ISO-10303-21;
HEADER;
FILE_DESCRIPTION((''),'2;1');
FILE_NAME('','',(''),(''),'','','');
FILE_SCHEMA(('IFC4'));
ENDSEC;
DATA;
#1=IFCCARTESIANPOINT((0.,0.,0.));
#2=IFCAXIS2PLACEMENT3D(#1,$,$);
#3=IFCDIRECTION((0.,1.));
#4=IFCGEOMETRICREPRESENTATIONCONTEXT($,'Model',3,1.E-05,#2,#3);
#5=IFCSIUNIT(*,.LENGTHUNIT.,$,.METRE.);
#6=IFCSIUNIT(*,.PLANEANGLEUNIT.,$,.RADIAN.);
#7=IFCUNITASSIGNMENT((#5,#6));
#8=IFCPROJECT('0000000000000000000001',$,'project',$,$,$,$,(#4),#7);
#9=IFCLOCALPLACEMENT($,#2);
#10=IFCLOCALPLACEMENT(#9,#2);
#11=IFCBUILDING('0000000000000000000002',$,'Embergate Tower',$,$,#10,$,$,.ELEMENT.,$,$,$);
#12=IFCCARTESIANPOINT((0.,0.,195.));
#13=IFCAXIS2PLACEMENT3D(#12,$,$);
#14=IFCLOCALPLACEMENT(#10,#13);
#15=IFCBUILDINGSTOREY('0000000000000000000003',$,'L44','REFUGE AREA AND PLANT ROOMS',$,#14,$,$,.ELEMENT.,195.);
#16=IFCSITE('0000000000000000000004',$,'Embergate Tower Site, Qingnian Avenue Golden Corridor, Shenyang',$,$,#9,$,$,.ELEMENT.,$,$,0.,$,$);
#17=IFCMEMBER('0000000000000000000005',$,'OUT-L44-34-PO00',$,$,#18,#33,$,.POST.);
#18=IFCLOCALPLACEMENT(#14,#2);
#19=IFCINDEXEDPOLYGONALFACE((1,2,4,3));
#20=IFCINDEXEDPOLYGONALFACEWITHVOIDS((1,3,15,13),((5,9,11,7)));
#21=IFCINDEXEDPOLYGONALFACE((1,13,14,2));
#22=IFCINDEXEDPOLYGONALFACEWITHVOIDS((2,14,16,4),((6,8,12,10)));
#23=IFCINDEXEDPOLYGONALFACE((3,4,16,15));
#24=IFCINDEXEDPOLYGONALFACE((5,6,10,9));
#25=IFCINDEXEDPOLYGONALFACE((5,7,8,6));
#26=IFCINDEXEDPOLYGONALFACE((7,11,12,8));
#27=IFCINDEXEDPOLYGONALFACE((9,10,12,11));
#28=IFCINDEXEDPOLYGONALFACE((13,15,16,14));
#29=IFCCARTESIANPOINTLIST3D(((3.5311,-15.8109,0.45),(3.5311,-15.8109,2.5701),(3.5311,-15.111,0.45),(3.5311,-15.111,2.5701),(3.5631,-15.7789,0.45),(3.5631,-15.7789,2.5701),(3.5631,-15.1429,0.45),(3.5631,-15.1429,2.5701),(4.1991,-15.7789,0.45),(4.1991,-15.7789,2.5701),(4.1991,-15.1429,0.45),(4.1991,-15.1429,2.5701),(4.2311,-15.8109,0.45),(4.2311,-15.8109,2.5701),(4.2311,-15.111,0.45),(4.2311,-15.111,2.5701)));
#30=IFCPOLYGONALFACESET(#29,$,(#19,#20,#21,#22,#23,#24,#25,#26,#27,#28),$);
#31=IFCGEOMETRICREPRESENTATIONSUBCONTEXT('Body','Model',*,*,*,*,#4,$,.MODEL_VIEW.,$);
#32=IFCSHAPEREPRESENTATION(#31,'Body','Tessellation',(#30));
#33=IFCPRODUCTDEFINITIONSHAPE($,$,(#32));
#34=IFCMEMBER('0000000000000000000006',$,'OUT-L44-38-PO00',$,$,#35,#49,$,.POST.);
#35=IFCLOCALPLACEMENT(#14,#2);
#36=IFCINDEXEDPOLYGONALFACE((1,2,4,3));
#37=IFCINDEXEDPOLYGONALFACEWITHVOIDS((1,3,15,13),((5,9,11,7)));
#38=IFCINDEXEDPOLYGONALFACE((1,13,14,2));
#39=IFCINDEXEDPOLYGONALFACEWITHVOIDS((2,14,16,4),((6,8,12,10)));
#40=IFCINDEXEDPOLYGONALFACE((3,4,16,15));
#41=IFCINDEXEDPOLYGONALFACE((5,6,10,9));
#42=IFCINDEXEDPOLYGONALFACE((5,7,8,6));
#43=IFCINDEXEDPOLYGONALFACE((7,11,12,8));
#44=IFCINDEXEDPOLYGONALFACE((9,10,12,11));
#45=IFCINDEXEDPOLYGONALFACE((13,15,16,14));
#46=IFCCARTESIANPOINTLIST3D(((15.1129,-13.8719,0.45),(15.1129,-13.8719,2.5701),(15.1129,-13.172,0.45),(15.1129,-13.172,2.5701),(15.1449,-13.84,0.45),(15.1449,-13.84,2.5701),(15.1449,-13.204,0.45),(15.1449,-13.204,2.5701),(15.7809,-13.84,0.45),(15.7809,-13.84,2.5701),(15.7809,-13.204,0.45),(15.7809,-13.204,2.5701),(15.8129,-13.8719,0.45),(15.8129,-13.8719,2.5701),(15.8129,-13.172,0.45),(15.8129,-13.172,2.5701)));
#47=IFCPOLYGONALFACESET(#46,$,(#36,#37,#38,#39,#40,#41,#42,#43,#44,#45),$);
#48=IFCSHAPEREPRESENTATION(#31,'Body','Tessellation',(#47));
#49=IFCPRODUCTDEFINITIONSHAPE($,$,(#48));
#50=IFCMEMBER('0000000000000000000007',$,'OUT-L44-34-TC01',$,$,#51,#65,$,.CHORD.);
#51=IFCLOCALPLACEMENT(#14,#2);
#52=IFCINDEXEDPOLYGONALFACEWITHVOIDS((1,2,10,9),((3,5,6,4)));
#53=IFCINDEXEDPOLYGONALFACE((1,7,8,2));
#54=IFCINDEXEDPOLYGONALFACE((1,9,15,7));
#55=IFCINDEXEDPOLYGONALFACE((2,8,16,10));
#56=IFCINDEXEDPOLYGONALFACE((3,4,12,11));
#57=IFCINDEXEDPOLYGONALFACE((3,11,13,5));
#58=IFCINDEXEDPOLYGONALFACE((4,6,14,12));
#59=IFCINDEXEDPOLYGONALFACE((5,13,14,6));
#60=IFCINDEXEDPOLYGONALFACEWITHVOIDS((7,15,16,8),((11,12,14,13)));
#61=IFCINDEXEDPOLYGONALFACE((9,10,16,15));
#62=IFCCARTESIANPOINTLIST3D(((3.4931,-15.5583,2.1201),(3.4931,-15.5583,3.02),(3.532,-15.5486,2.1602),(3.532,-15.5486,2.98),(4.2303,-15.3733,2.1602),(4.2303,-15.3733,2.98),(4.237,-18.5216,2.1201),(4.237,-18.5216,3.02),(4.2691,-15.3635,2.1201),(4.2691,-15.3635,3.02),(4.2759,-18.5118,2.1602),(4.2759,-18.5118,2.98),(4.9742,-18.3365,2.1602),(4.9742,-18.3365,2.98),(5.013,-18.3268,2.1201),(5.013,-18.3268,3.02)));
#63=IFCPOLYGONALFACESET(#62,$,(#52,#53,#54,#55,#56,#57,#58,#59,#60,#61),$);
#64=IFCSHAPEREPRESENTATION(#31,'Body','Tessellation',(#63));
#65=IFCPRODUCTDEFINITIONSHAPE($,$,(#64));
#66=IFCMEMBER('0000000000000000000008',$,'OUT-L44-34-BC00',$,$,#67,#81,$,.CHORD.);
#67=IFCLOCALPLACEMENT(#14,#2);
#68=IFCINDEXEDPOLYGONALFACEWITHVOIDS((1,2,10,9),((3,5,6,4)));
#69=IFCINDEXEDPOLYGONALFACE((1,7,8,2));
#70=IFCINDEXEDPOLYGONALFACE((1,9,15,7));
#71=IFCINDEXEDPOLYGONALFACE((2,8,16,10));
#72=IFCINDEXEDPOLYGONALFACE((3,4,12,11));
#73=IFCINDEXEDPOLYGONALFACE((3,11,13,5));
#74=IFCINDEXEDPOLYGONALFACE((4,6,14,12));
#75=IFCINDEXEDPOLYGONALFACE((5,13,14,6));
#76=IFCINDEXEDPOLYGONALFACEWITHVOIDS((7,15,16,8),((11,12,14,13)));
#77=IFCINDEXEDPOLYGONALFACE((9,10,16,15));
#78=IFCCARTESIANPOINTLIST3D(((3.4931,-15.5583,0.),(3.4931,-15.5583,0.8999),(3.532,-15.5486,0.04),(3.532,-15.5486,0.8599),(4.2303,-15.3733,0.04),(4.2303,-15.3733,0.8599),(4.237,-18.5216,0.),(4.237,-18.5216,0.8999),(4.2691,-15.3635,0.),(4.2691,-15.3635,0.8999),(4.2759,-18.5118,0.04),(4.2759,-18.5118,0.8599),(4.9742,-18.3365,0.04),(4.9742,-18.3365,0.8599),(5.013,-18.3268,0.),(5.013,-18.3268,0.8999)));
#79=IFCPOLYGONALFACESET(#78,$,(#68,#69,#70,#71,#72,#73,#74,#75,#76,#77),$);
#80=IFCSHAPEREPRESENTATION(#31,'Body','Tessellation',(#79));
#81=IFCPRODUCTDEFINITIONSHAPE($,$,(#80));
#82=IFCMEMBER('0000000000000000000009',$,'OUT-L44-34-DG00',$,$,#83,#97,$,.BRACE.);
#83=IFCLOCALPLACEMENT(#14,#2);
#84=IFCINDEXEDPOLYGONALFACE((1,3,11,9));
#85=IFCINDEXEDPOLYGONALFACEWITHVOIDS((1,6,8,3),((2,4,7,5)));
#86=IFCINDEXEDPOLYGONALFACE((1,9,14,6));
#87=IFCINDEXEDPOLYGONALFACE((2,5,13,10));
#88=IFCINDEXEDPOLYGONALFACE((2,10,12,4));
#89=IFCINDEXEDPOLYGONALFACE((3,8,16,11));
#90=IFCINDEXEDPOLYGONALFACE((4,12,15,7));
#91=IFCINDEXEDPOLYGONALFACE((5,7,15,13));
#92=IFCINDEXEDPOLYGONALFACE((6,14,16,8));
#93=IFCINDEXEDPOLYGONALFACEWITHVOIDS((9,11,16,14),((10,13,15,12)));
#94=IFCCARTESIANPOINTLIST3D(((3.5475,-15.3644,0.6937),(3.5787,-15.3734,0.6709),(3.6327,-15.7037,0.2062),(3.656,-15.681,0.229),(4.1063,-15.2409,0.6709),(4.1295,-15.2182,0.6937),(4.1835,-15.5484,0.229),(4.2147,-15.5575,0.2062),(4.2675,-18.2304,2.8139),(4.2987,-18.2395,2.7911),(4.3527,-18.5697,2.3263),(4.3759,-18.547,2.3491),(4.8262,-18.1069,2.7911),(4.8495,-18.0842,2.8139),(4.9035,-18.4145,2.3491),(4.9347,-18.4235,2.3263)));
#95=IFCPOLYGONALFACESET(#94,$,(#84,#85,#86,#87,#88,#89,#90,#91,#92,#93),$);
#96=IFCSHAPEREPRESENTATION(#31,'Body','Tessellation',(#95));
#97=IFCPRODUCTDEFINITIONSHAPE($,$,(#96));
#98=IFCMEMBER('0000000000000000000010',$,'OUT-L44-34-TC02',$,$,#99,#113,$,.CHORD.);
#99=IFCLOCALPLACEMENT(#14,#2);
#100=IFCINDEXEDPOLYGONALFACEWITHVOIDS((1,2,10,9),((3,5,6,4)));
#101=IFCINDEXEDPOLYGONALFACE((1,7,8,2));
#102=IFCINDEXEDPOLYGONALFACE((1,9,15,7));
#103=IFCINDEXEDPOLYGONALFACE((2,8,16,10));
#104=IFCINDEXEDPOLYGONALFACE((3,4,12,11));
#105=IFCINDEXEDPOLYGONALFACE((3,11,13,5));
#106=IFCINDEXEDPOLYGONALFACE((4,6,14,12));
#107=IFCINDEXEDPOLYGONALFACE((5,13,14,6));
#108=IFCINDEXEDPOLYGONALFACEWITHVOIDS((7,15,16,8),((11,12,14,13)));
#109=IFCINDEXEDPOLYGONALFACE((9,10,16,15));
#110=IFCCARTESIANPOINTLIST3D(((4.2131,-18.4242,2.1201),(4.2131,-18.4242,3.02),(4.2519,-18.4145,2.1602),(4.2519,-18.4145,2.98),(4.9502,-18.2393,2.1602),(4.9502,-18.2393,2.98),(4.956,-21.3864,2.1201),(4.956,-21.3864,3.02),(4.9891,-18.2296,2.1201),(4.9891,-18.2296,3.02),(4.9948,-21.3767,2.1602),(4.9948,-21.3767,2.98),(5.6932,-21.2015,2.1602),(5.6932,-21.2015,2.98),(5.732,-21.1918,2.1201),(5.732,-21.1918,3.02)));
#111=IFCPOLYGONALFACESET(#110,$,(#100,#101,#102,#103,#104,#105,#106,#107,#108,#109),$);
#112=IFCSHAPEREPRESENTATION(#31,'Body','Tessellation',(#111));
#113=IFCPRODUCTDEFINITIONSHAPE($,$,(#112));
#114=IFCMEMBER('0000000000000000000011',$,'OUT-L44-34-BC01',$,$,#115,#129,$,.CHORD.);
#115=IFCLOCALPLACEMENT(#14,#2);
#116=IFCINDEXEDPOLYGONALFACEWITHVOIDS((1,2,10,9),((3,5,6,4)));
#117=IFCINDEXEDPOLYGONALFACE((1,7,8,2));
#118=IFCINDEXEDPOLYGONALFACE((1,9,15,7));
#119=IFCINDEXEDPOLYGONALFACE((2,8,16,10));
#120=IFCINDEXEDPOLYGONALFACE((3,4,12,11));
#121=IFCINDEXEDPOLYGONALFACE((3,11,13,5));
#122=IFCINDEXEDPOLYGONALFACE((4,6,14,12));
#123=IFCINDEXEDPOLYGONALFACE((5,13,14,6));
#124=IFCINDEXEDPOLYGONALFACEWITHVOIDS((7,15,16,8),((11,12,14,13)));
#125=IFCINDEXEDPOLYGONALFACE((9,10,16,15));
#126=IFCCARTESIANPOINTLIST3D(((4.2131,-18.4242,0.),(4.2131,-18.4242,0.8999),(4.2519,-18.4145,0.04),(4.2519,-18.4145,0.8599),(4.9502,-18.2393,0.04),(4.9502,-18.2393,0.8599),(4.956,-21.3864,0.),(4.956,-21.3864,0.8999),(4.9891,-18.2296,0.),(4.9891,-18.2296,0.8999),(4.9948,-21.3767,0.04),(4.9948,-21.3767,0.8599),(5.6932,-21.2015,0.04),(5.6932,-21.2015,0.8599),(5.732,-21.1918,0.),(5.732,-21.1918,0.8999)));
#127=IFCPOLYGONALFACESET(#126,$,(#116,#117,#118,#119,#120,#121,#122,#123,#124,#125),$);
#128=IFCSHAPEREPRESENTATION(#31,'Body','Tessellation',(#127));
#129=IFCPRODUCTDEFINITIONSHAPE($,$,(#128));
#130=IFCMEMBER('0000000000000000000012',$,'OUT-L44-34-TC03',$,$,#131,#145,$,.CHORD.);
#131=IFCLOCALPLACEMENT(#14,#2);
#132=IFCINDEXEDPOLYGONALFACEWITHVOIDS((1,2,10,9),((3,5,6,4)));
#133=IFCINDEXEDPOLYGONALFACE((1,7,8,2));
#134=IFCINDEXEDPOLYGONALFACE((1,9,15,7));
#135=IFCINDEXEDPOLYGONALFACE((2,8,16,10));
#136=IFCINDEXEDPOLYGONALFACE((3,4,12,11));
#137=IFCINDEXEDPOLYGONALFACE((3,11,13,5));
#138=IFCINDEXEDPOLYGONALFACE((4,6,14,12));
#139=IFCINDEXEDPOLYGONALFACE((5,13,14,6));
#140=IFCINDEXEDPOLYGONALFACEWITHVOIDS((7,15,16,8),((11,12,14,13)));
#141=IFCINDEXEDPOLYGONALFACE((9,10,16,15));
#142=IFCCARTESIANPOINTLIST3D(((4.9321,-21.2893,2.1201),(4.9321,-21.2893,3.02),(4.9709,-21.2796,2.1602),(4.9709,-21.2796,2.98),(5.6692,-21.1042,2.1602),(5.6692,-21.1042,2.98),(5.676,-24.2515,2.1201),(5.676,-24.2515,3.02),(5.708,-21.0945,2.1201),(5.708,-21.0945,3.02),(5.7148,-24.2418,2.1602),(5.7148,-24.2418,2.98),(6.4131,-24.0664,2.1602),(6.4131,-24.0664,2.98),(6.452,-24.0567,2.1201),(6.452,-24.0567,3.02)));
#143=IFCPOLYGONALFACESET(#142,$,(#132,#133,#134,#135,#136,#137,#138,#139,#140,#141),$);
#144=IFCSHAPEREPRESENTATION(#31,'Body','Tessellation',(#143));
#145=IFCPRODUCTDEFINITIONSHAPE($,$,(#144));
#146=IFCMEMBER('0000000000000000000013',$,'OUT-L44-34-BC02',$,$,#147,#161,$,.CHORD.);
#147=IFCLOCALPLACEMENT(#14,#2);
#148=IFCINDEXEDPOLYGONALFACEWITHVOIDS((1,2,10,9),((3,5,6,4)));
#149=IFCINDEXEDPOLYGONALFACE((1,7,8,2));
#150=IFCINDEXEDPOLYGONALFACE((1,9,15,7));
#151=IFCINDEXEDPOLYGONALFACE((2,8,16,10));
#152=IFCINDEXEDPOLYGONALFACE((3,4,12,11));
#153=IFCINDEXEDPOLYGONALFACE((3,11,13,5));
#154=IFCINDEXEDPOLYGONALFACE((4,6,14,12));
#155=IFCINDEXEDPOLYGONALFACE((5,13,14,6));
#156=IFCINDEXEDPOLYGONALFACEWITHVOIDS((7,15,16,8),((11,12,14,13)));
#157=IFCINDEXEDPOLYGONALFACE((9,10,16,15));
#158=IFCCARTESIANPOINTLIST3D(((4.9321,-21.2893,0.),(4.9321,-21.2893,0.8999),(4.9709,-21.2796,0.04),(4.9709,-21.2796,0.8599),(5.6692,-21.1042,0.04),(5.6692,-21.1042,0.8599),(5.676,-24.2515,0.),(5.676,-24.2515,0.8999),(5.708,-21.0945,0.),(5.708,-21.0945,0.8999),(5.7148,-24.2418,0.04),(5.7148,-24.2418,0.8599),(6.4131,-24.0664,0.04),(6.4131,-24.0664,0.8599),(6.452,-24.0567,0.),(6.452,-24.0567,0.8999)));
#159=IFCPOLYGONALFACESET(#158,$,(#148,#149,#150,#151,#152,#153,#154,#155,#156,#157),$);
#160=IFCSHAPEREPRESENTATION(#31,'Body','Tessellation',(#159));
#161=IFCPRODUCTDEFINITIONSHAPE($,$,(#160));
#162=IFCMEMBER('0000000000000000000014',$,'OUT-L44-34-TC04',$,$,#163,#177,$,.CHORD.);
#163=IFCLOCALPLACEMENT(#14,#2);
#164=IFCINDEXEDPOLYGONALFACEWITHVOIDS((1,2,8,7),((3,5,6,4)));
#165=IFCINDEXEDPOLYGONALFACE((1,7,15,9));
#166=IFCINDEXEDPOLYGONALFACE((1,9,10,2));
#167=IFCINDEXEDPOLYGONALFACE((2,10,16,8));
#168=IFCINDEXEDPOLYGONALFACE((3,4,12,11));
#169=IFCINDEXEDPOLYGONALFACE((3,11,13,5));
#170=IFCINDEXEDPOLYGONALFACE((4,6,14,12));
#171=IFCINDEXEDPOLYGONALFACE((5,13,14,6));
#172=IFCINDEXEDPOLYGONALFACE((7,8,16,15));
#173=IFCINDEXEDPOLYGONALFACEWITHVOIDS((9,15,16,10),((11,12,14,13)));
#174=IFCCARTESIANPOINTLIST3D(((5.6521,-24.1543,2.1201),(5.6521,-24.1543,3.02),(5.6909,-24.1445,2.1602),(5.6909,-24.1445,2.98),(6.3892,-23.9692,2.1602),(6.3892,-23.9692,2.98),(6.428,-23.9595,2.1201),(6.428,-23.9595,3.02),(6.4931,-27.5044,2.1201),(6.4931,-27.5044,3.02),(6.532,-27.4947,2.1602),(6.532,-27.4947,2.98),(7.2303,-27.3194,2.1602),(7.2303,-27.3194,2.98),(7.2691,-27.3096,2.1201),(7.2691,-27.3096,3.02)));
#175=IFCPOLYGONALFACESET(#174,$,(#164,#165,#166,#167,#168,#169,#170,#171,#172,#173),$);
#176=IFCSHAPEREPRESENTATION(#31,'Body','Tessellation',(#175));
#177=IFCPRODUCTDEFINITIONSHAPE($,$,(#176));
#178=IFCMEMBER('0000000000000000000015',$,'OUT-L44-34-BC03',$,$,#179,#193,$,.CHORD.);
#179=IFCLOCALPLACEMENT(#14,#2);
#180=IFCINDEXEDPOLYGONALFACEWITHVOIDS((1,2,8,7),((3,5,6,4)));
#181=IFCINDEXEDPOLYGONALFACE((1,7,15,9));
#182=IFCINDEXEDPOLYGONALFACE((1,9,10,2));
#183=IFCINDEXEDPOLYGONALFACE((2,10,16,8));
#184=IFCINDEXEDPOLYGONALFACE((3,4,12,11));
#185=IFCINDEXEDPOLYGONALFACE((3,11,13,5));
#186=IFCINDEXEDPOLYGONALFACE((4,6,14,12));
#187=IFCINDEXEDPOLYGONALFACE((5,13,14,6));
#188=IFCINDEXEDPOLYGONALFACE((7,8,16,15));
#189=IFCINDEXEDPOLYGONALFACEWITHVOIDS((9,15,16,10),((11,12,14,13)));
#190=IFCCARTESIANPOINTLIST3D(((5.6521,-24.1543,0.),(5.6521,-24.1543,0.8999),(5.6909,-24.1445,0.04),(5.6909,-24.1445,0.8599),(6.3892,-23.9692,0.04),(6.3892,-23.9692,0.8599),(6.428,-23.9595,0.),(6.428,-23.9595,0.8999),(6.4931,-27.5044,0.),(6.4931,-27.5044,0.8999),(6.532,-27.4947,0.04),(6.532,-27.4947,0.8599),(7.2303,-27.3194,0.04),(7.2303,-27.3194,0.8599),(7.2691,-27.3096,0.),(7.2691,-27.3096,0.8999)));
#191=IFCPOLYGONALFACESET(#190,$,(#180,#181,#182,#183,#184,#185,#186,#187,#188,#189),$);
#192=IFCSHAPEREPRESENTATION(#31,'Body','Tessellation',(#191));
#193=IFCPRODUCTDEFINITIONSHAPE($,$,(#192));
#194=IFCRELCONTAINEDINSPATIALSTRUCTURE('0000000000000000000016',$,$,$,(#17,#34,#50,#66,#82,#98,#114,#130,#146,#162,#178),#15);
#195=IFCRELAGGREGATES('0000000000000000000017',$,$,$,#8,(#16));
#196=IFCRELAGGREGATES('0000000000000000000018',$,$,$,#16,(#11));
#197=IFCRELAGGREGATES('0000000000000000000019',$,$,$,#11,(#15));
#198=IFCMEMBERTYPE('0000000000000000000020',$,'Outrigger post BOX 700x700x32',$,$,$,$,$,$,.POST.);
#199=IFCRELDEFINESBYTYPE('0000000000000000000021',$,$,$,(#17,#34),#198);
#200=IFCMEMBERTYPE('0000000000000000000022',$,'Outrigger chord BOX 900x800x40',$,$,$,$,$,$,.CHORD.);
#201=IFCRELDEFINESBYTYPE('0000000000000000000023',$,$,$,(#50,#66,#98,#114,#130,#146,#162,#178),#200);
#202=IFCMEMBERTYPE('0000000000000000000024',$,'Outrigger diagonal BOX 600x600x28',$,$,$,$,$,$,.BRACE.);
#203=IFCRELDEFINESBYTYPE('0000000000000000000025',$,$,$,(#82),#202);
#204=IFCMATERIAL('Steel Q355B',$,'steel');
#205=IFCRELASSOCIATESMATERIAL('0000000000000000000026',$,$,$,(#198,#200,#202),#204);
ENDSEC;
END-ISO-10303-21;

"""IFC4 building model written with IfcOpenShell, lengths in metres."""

from ifc_helpers import new_model, si_unit, direction, frame, origin, origin_2d, place, context, subcontext, project, spatial, hollow_rectangle, extrude, source, transform, mapped, material, material_profile, profile_set, type_object, element, save


model = new_model("IFC4")

# Units and contexts
model_context = context("Model", 3, precision=1e-05, world=origin(), true_north=direction((0.0, 1.0)))
body_context = subcontext(model_context, "Body", "Model", "MODEL_VIEW")
ifc_project = project(units=[si_unit("LENGTHUNIT", "METRE"), si_unit("PLANEANGLEUNIT", "RADIAN")], contexts=[model_context])

# Site, building, storey
site_placement = place(None, origin())
site = spatial("IfcSite", under=ifc_project, at=site_placement, Name="Embergate Tower Site, Qingnian Avenue Golden Corridor, Shenyang", CompositionType="ELEMENT", RefElevation=0.0)
building_placement = place(site_placement, origin())
building = spatial("IfcBuilding", under=site, at=building_placement, Name="Embergate Tower", CompositionType="ELEMENT")
storey_placement = place(building_placement, frame((0.0, 0.0, 195.0)))
storey = spatial("IfcBuildingStorey", under=building, at=storey_placement, Name="L44", Description="REFUGE AREA AND PLANT ROOMS", CompositionType="ELEMENT", Elevation=195.0)

# Members
ifc_material_1 = material(Name="Steel Q355B", Category="steel")
ifc_material_profile_1 = material_profile(ifc_material_1, hollow_rectangle(XDim=0.7, YDim=0.7, WallThickness=0.032, at=origin_2d()), Name="BOX 700x700x32")
ifc_profile_set_1 = profile_set([ifc_material_profile_1], Name="Steel Q355 grade B")
member_type_1 = type_object("IfcMemberType", Name="Outrigger post BOX 700x700x32", PredefinedType="POST", material=ifc_profile_set_1)
shared_shape_1 = source(origin(), body_context, "Body", "SweptSolid", [
    extrude(hollow_rectangle(XDim=0.7, YDim=0.7, WallThickness=0.032, at=origin_2d()), origin(), (0.0, 0.0, 1.0), 2.1201),
])
for number, where, z_axis, x_axis, name in (
    (1, (3.8811, -15.4609, 0.45), (0.0, 0.0, 1.0), (1.0, 0.0, 0.0), "OUT-L44-34-PO00"),
    (2, (15.4629, -13.522, 0.45), (0.0, 0.0, 1.0), (1.0, 0.0, 0.0), "OUT-L44-38-PO00"),
):
    element("IfcMember", number, at=place(storey_placement, frame(where, z_axis=z_axis, x_axis=x_axis)), inside=storey, type_object=member_type_1, Name=name, PredefinedType="POST", context=body_context, shape_type="MappedRepresentation", body=[
        mapped(shared_shape_1, transform((0.0, 0.0, 0.0))),
    ])
ifc_material_profile_2 = material_profile(ifc_material_1, hollow_rectangle(XDim=0.8, YDim=0.8999, WallThickness=0.04, at=origin_2d()), Name="BOX 900x800x40")
ifc_profile_set_2 = profile_set([ifc_material_profile_2], Name="Steel Q355 grade B")
member_type_2 = type_object("IfcMemberType", Name="Outrigger chord BOX 900x800x40", PredefinedType="CHORD", material=ifc_profile_set_2)
shared_shape_2 = source(origin(), body_context, "Body", "SweptSolid", [
    extrude(hollow_rectangle(XDim=0.8, YDim=0.8999, WallThickness=0.04, at=origin_2d()), origin(), (0.0, 0.0, 1.0), 3.0552),
])
for number, where, z_axis, x_axis, name in (
    (3, (3.8811, -15.4609, 2.5701), (0.243494, -0.969902, 0.0), (0.969902, 0.243494, 0.0), "OUT-L44-34-TC01"),
    (4, (3.8811, -15.4609, 0.45), (0.243494, -0.969902, 0.0), (0.969902, 0.243494, 0.0), "OUT-L44-34-BC00"),
):
    element("IfcMember", number, at=place(storey_placement, frame(where, z_axis=z_axis, x_axis=x_axis)), inside=storey, type_object=member_type_2, Name=name, PredefinedType="CHORD", context=body_context, shape_type="MappedRepresentation", body=[
        mapped(shared_shape_2, transform((0.0, 0.0, 0.0))),
    ])
ifc_material_profile_3 = material_profile(ifc_material_1, hollow_rectangle(XDim=0.6001, YDim=0.6001, WallThickness=0.0281, at=origin_2d()), Name="BOX 600x600x28")
ifc_profile_set_3 = profile_set([ifc_material_profile_3], Name="Steel Q355 grade B")
member_type_3 = type_object("IfcMemberType", Name="Outrigger diagonal BOX 600x600x28", PredefinedType="BRACE", material=ifc_profile_set_3)
shared_shape_3 = source(origin(), body_context, "Body", "SweptSolid", [
    extrude(hollow_rectangle(XDim=0.6001, YDim=0.6001, WallThickness=0.0281, at=origin_2d()), origin(), (0.0, 0.0, 1.0), 3.637),
])
member_1_placement = place(storey_placement, frame((3.8811, -15.4609, 0.45), z_axis=(0.197963, -0.788025, 0.582947), x_axis=(0.969865, 0.243644, 0.0)))
element("IfcMember", 5, at=member_1_placement, inside=storey, type_object=member_type_3, Name="OUT-L44-34-DG00", PredefinedType="BRACE", context=body_context, shape_type="MappedRepresentation", body=[
    mapped(shared_shape_3, transform((0.0, 0.0, 0.0))),
])
shared_shape_4 = source(origin(), body_context, "Body", "SweptSolid", [
    extrude(hollow_rectangle(XDim=0.8, YDim=0.8999, WallThickness=0.04, at=origin_2d()), origin(), (0.0, 0.0, 1.0), 3.054),
])
for number, where, z_axis, x_axis, name in (
    (6, (4.6011, -18.3269, 2.5701), (0.243269, -0.969959, 0.0), (0.969959, 0.243269, 0.0), "OUT-L44-34-TC02"),
    (7, (4.6011, -18.3269, 0.45), (0.243269, -0.969959, 0.0), (0.969959, 0.243269, 0.0), "OUT-L44-34-BC01"),
):
    element("IfcMember", number, at=place(storey_placement, frame(where, z_axis=z_axis, x_axis=x_axis)), inside=storey, type_object=member_type_2, Name=name, PredefinedType="CHORD", context=body_context, shape_type="MappedRepresentation", body=[
        mapped(shared_shape_4, transform((0.0, 0.0, 0.0))),
    ])
shared_shape_5 = source(origin(), body_context, "Body", "SweptSolid", [
    extrude(hollow_rectangle(XDim=0.8, YDim=0.8999, WallThickness=0.04, at=origin_2d()), origin(), (0.0, 0.0, 1.0), 3.0542),
])
for number, where, z_axis, x_axis, name in (
    (8, (5.3201, -21.1919, 2.5701), (0.24357, -0.969883, 0.0), (0.969883, 0.24357, 0.0), "OUT-L44-34-TC03"),
    (9, (5.3201, -21.1919, 0.45), (0.24357, -0.969883, 0.0), (0.969883, 0.24357, 0.0), "OUT-L44-34-BC02"),
):
    element("IfcMember", number, at=place(storey_placement, frame(where, z_axis=z_axis, x_axis=x_axis)), inside=storey, type_object=member_type_2, Name=name, PredefinedType="CHORD", context=body_context, shape_type="MappedRepresentation", body=[
        mapped(shared_shape_5, transform((0.0, 0.0, 0.0))),
    ])
shared_shape_6 = source(origin(), body_context, "Body", "SweptSolid", [
    extrude(hollow_rectangle(XDim=0.8, YDim=0.8999, WallThickness=0.04, at=origin_2d()), origin(), (0.0, 0.0, 1.0), 3.4541),
])
for number, where, z_axis, x_axis, name in (
    (10, (6.04, -24.0569, 2.5701), (0.2435, -0.969901, 0.0), (0.969901, 0.2435, 0.0), "OUT-L44-34-TC04"),
    (11, (6.04, -24.0569, 0.45), (0.2435, -0.969901, 0.0), (0.969901, 0.2435, 0.0), "OUT-L44-34-BC03"),
):
    element("IfcMember", number, at=place(storey_placement, frame(where, z_axis=z_axis, x_axis=x_axis)), inside=storey, type_object=member_type_2, Name=name, PredefinedType="CHORD", context=body_context, shape_type="MappedRepresentation", body=[
        mapped(shared_shape_6, transform((0.0, 0.0, 0.0))),
    ])

save(model, "model.ifc")
